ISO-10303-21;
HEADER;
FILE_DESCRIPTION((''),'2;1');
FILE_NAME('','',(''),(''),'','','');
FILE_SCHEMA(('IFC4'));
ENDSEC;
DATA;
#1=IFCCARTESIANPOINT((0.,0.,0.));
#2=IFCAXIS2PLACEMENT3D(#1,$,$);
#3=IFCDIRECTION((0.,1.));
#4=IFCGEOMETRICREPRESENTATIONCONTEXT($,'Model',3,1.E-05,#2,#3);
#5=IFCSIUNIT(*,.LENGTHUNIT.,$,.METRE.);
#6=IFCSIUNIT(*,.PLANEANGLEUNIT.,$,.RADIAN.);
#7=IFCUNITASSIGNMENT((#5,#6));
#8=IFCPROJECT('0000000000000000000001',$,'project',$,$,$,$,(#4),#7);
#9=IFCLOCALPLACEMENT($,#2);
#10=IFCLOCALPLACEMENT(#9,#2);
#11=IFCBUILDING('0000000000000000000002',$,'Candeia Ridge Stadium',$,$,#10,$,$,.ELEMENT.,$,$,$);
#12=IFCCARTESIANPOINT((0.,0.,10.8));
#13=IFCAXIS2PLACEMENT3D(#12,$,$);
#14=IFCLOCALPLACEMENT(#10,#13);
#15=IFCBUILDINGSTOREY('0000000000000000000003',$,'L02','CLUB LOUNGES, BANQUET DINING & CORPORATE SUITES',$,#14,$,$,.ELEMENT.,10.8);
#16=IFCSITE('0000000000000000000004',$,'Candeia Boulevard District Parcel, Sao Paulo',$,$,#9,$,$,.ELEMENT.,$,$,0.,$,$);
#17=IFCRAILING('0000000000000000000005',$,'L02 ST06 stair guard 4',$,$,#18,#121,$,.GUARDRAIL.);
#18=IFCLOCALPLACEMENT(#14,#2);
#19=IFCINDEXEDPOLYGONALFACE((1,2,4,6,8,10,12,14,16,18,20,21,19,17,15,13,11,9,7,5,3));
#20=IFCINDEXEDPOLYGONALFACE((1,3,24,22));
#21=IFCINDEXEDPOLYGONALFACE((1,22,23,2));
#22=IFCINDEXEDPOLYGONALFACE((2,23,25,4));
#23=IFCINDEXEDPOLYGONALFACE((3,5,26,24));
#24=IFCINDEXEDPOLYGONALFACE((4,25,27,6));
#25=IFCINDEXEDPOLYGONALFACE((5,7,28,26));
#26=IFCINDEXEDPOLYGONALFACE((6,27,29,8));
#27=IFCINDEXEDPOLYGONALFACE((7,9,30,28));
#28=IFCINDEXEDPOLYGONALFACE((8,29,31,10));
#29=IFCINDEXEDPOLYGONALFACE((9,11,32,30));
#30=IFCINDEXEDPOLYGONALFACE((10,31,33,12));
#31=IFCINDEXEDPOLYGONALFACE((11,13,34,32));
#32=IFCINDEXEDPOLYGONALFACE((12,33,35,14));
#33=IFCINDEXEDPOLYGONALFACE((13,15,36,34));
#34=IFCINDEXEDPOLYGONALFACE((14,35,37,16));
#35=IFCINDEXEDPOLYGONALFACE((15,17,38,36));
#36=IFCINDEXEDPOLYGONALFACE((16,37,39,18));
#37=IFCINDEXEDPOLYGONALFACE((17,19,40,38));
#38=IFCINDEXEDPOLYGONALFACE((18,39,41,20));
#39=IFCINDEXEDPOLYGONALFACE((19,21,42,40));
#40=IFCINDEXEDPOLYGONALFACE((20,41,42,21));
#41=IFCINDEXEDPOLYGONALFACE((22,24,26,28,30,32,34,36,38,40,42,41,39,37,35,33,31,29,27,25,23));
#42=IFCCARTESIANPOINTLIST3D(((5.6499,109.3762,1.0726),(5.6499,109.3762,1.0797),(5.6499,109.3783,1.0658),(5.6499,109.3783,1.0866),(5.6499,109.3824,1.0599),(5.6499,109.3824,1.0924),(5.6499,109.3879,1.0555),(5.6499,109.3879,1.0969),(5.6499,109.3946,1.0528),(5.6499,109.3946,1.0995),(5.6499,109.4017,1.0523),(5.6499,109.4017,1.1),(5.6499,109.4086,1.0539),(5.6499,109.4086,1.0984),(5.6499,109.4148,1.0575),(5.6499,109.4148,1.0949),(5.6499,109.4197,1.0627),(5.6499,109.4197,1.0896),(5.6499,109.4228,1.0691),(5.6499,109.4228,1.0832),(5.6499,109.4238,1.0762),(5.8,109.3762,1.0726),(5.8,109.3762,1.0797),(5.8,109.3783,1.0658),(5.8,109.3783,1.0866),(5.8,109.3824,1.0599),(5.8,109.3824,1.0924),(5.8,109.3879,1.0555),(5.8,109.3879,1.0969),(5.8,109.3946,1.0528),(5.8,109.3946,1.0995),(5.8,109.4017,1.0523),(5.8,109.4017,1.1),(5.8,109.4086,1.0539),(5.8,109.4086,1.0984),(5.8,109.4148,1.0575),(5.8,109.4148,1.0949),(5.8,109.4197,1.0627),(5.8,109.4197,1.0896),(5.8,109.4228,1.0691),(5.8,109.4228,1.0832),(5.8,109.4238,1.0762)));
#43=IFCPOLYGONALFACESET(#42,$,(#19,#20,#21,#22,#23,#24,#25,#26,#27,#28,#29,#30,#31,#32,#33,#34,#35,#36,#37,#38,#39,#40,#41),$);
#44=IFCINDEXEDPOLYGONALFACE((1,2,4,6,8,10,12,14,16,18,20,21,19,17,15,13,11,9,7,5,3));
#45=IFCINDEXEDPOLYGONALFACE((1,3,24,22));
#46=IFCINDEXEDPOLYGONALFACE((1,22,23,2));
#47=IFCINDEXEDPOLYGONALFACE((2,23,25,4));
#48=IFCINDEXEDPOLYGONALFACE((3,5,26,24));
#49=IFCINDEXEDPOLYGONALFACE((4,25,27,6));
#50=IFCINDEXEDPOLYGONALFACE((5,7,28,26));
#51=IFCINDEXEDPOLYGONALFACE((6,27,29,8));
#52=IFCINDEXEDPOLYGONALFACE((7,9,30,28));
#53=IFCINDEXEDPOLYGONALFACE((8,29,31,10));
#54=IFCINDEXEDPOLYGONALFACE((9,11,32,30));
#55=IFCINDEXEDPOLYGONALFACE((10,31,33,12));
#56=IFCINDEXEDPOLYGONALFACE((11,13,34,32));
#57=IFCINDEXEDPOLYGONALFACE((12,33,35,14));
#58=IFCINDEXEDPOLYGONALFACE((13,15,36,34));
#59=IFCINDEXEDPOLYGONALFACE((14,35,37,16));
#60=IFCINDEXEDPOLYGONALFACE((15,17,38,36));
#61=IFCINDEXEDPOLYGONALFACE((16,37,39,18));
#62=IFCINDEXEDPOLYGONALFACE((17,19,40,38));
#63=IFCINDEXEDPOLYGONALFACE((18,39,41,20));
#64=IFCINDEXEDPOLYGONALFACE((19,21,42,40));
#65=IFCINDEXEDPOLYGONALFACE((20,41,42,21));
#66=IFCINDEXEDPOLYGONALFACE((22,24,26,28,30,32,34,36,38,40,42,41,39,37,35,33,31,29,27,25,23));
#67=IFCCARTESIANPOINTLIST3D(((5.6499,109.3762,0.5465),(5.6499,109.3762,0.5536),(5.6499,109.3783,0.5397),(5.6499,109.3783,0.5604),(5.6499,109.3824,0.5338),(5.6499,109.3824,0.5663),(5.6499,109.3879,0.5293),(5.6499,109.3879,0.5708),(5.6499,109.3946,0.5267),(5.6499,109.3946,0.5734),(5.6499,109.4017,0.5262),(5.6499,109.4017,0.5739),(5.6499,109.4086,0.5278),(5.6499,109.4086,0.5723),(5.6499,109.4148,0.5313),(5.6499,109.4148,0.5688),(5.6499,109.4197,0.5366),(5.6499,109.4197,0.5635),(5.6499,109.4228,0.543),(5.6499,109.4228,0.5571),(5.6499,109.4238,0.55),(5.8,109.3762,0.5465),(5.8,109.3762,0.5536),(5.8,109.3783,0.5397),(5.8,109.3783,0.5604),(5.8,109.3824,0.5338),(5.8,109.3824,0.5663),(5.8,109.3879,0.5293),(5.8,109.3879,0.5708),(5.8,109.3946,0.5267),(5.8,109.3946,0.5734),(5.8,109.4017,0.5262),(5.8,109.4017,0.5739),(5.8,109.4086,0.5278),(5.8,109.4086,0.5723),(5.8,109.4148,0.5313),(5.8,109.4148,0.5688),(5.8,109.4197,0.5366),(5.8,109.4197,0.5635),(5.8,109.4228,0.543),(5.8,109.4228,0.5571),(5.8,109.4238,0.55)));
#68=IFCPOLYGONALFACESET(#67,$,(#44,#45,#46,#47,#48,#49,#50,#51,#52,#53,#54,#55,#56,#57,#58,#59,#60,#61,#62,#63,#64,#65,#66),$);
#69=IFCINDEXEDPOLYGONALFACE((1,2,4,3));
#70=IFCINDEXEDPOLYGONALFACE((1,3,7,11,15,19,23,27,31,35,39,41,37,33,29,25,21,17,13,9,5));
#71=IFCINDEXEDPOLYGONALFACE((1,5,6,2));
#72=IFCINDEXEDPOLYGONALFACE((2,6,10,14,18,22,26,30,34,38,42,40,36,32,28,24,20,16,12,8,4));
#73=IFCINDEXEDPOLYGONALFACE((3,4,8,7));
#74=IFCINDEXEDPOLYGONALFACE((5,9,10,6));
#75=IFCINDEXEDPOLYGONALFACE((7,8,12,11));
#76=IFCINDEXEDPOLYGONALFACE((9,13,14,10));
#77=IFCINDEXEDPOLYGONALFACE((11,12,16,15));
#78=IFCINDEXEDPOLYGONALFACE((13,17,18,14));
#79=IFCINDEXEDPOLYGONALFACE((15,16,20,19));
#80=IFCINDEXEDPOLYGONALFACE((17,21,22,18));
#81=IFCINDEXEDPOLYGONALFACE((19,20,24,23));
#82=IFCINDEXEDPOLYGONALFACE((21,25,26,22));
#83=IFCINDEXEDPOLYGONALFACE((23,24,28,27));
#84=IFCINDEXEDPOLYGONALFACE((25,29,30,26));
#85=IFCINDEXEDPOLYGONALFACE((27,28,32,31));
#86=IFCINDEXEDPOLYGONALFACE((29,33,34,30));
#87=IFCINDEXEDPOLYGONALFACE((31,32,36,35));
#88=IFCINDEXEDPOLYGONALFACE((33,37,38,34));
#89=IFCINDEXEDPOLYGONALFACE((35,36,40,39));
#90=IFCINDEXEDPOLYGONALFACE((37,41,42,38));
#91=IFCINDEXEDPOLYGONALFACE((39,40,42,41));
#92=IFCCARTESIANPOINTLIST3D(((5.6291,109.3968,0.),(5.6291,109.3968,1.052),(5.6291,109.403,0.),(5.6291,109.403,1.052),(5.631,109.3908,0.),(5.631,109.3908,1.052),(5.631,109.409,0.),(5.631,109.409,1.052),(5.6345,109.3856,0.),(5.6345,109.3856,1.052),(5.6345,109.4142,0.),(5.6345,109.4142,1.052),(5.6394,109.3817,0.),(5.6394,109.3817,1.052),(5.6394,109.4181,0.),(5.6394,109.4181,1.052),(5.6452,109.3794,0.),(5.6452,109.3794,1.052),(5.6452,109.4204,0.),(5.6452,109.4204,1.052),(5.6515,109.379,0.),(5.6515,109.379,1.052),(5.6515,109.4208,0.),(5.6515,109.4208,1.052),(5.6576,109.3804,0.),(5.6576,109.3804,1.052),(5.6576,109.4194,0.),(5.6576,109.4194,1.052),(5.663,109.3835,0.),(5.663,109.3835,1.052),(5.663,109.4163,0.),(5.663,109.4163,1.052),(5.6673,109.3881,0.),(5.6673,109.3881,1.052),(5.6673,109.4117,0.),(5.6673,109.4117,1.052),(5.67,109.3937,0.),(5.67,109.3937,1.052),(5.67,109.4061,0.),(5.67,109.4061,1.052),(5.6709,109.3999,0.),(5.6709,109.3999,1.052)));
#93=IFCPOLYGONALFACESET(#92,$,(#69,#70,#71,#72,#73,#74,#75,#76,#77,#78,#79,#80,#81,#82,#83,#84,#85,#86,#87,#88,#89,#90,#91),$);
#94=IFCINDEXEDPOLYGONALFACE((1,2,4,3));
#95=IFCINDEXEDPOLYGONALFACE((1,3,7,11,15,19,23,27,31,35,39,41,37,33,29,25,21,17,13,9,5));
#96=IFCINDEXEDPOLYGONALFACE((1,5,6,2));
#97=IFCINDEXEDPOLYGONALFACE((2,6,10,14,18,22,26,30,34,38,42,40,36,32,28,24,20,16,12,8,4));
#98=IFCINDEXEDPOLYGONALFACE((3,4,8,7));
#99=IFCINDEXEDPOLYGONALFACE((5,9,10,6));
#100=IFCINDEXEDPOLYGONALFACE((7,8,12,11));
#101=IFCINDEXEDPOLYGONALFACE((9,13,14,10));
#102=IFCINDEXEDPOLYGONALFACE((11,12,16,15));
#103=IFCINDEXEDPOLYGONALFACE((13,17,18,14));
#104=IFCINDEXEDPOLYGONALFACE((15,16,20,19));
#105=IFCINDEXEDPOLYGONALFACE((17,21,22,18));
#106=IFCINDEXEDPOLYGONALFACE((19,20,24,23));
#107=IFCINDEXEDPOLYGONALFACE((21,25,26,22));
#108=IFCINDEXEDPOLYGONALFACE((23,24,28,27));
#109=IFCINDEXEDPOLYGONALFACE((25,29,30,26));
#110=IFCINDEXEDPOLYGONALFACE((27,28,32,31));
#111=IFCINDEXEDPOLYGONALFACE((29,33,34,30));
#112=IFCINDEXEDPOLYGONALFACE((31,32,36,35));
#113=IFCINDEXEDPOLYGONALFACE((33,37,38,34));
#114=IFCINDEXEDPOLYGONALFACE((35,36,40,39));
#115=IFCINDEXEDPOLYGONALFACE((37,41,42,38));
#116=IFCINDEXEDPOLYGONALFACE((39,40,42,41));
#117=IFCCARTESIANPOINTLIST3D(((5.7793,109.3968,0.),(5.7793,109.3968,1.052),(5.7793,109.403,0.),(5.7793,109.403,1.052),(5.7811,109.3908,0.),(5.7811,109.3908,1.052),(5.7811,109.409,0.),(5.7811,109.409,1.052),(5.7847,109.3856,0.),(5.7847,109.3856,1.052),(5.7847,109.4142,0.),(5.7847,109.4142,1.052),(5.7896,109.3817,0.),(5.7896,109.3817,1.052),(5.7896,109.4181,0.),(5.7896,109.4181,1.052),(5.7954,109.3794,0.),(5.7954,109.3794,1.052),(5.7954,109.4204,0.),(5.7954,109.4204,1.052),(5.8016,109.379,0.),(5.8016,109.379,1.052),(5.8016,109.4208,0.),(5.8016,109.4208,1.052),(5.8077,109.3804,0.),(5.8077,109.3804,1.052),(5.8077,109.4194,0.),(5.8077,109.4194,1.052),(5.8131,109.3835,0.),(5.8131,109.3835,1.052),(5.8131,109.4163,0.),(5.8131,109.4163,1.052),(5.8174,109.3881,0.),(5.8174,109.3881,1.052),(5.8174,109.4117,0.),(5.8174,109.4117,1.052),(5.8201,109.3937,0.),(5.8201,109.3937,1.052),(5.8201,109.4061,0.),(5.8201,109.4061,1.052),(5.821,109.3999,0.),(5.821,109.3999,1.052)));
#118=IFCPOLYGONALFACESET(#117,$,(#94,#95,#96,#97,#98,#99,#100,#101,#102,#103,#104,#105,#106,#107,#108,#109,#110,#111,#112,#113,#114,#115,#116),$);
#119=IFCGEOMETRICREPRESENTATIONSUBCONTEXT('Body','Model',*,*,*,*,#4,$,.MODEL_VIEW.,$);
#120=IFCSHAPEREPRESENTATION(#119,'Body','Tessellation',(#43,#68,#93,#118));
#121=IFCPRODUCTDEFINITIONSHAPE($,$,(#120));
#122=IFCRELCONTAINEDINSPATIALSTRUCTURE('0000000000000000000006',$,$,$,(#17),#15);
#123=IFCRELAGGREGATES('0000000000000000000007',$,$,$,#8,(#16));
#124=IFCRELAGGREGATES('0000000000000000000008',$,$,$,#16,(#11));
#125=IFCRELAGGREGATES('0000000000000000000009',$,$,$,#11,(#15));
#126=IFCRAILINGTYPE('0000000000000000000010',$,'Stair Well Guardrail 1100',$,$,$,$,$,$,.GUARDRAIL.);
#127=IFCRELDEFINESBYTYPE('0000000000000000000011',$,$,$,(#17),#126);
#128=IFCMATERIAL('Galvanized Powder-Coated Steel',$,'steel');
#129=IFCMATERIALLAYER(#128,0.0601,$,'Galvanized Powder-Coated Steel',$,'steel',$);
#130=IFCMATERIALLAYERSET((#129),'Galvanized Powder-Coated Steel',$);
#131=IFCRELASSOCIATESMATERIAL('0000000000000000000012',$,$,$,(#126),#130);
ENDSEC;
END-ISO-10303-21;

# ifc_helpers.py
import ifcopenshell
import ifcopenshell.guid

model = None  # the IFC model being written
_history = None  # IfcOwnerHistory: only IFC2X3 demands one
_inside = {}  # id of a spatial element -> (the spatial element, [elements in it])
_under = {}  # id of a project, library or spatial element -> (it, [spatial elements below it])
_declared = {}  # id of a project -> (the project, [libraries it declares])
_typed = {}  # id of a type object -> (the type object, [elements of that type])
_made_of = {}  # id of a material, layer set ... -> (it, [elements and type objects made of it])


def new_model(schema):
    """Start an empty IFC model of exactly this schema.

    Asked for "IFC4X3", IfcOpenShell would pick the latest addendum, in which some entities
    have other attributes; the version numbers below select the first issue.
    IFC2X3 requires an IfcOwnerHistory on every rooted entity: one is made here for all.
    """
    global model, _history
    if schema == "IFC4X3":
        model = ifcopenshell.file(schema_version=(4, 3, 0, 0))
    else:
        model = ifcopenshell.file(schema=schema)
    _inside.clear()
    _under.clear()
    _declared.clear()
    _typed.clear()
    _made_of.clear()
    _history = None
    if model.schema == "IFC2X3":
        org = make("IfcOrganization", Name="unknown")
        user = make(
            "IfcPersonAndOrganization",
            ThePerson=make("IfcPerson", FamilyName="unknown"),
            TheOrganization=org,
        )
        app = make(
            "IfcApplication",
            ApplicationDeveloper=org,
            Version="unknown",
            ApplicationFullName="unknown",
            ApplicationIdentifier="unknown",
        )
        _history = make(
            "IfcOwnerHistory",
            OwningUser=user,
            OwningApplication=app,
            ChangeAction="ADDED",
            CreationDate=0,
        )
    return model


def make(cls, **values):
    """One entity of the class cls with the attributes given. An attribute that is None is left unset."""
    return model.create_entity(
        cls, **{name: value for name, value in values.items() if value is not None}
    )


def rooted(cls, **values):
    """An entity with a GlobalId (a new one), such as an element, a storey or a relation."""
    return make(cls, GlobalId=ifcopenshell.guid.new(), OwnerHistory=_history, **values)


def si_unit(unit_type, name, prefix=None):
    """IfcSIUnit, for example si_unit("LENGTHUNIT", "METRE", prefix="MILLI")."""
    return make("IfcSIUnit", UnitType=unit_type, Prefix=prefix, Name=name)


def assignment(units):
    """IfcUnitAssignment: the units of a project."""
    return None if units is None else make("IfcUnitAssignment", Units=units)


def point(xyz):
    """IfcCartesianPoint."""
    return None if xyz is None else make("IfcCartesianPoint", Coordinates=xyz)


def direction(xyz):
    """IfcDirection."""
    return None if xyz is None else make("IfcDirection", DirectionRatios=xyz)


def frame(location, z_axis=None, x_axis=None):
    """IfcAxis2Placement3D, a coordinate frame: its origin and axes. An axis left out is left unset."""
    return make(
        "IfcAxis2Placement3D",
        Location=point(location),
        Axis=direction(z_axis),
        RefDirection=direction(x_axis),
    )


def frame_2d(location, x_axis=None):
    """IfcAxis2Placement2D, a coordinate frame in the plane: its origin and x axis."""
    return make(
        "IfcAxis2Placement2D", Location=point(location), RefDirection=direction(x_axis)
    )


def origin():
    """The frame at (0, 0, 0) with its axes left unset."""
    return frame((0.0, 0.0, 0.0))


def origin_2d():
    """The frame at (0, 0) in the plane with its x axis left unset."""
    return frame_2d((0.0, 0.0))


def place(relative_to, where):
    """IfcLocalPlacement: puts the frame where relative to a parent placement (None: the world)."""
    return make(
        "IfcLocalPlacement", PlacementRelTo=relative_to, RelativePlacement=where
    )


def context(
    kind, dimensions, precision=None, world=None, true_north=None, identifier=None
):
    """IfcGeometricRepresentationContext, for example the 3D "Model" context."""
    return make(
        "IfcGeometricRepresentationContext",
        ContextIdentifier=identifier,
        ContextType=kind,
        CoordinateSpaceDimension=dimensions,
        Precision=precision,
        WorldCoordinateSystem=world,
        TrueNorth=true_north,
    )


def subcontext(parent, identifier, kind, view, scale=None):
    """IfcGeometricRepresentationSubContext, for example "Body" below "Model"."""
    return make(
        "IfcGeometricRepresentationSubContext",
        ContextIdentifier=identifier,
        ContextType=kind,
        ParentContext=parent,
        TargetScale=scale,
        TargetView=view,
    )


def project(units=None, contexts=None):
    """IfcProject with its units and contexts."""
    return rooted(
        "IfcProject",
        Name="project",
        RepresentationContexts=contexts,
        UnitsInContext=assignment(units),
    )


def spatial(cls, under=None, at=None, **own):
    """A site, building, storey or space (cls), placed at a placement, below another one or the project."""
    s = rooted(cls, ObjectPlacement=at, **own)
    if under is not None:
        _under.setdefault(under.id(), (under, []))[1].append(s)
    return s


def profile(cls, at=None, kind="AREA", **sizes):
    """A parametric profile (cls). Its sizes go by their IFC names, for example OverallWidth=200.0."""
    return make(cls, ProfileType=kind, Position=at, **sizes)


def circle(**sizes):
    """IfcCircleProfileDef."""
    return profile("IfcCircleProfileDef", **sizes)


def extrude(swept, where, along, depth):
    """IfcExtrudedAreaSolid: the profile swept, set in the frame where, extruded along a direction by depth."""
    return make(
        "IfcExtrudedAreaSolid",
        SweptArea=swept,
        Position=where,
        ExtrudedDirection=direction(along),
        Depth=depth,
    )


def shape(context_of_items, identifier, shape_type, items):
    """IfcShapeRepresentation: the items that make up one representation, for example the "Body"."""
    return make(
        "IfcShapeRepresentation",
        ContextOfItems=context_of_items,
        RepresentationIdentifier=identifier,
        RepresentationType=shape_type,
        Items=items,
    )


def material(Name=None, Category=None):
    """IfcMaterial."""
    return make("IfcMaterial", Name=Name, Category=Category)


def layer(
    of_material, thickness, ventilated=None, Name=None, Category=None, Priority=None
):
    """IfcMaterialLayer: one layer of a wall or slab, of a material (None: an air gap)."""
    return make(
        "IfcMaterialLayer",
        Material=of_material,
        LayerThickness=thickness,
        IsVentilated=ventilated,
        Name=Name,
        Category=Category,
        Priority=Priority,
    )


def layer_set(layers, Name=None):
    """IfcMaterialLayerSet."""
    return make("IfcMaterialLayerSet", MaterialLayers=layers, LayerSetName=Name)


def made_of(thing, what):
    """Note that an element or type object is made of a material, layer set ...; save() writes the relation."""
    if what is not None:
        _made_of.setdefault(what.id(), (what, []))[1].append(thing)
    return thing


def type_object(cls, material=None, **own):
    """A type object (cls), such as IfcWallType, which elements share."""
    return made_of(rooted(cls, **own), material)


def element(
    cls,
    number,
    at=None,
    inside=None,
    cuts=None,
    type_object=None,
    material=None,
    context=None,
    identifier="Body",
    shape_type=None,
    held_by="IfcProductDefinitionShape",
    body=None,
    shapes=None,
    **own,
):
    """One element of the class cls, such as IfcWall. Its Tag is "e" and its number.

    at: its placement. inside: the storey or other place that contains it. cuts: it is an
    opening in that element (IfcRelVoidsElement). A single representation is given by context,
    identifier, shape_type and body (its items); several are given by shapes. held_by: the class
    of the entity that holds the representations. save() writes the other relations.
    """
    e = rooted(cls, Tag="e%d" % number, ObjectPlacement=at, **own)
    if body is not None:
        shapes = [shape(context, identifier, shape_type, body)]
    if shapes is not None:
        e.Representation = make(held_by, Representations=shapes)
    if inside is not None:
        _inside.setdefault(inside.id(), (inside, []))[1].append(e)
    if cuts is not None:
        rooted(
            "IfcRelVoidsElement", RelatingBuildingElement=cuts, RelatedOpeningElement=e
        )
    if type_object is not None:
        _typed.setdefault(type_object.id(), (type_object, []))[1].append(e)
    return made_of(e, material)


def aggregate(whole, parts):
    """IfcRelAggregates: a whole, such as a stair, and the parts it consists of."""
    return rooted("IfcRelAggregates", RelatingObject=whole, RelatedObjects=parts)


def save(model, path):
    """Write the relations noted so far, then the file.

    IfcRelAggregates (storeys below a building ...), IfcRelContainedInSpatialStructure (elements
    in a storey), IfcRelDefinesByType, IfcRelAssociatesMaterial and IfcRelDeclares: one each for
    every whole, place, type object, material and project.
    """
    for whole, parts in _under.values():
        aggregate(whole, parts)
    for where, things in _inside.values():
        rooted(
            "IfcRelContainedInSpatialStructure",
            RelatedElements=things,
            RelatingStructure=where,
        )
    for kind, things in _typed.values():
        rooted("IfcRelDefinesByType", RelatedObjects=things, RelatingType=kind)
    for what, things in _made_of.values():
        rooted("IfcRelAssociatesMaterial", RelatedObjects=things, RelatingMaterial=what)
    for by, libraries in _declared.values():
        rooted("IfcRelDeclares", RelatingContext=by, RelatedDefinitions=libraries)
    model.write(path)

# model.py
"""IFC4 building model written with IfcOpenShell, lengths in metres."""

from ifc_helpers import new_model, si_unit, direction, frame, origin, origin_2d, place, context, subcontext, project, spatial, circle, extrude, material, layer, layer_set, type_object, element, save


model = new_model("IFC4")

# Units and contexts
model_context = context("Model", 3, precision=1e-05, world=origin(), true_north=direction((0.0, 1.0)))
body_context = subcontext(model_context, "Body", "Model", "MODEL_VIEW")
ifc_project = project(units=[si_unit("LENGTHUNIT", "METRE"), si_unit("PLANEANGLEUNIT", "RADIAN")], contexts=[model_context])

# Site, building, storey
site_placement = place(None, origin())
site = spatial("IfcSite", under=ifc_project, at=site_placement, Name="Candeia Boulevard District Parcel, Sao Paulo", CompositionType="ELEMENT", RefElevation=0.0)
building_placement = place(site_placement, origin())
building = spatial("IfcBuilding", under=site, at=building_placement, Name="Candeia Ridge Stadium", CompositionType="ELEMENT")
storey_placement = place(building_placement, frame((0.0, 0.0, 10.8)))
storey = spatial("IfcBuildingStorey", under=building, at=storey_placement, Name="L02", Description="CLUB LOUNGES, BANQUET DINING & CORPORATE SUITES", CompositionType="ELEMENT", Elevation=10.8)

# Railing
ifc_material_1 = material(Name="Galvanized Powder-Coated Steel", Category="steel")
ifc_layer_1 = layer(ifc_material_1, 0.0601, Name="Galvanized Powder-Coated Steel", Category="steel")
ifc_layer_set_1 = layer_set([ifc_layer_1], Name="Galvanized Powder-Coated Steel")
railing_type_1 = type_object("IfcRailingType", Name="Stair Well Guardrail 1100", PredefinedType="GUARDRAIL", material=ifc_layer_set_1)
railing_1_placement = place(storey_placement, frame((5.6499, 109.3999, 0.0)))
element("IfcRailing", 1, at=railing_1_placement, inside=storey, type_object=railing_type_1, Name="L02 ST06 stair guard 4", PredefinedType="GUARDRAIL", context=body_context, shape_type="SweptSolid", body=[
    extrude(circle(Radius=0.0239, at=origin_2d()), frame((0.0, 0.0, 1.0762), z_axis=(1.0, 0.0, 0.0), x_axis=(0.0, 1.0, 0.0)), (0.0, 0.0, 1.0), 0.1501),
    extrude(circle(Radius=0.0239, at=origin_2d()), frame((0.0, 0.0, 0.55), z_axis=(1.0, 0.0, 0.0), x_axis=(0.0, 1.0, 0.0)), (0.0, 0.0, 1.0), 0.1501),
    extrude(circle(Radius=0.021, at=origin_2d()), origin(), (0.0, 0.0, 1.0), 1.052),
    extrude(circle(Radius=0.021, at=origin_2d()), frame((0.1501, 0.0, 0.0)), (0.0, 0.0, 1.0), 1.052),
])

save(model, "model.ifc")
